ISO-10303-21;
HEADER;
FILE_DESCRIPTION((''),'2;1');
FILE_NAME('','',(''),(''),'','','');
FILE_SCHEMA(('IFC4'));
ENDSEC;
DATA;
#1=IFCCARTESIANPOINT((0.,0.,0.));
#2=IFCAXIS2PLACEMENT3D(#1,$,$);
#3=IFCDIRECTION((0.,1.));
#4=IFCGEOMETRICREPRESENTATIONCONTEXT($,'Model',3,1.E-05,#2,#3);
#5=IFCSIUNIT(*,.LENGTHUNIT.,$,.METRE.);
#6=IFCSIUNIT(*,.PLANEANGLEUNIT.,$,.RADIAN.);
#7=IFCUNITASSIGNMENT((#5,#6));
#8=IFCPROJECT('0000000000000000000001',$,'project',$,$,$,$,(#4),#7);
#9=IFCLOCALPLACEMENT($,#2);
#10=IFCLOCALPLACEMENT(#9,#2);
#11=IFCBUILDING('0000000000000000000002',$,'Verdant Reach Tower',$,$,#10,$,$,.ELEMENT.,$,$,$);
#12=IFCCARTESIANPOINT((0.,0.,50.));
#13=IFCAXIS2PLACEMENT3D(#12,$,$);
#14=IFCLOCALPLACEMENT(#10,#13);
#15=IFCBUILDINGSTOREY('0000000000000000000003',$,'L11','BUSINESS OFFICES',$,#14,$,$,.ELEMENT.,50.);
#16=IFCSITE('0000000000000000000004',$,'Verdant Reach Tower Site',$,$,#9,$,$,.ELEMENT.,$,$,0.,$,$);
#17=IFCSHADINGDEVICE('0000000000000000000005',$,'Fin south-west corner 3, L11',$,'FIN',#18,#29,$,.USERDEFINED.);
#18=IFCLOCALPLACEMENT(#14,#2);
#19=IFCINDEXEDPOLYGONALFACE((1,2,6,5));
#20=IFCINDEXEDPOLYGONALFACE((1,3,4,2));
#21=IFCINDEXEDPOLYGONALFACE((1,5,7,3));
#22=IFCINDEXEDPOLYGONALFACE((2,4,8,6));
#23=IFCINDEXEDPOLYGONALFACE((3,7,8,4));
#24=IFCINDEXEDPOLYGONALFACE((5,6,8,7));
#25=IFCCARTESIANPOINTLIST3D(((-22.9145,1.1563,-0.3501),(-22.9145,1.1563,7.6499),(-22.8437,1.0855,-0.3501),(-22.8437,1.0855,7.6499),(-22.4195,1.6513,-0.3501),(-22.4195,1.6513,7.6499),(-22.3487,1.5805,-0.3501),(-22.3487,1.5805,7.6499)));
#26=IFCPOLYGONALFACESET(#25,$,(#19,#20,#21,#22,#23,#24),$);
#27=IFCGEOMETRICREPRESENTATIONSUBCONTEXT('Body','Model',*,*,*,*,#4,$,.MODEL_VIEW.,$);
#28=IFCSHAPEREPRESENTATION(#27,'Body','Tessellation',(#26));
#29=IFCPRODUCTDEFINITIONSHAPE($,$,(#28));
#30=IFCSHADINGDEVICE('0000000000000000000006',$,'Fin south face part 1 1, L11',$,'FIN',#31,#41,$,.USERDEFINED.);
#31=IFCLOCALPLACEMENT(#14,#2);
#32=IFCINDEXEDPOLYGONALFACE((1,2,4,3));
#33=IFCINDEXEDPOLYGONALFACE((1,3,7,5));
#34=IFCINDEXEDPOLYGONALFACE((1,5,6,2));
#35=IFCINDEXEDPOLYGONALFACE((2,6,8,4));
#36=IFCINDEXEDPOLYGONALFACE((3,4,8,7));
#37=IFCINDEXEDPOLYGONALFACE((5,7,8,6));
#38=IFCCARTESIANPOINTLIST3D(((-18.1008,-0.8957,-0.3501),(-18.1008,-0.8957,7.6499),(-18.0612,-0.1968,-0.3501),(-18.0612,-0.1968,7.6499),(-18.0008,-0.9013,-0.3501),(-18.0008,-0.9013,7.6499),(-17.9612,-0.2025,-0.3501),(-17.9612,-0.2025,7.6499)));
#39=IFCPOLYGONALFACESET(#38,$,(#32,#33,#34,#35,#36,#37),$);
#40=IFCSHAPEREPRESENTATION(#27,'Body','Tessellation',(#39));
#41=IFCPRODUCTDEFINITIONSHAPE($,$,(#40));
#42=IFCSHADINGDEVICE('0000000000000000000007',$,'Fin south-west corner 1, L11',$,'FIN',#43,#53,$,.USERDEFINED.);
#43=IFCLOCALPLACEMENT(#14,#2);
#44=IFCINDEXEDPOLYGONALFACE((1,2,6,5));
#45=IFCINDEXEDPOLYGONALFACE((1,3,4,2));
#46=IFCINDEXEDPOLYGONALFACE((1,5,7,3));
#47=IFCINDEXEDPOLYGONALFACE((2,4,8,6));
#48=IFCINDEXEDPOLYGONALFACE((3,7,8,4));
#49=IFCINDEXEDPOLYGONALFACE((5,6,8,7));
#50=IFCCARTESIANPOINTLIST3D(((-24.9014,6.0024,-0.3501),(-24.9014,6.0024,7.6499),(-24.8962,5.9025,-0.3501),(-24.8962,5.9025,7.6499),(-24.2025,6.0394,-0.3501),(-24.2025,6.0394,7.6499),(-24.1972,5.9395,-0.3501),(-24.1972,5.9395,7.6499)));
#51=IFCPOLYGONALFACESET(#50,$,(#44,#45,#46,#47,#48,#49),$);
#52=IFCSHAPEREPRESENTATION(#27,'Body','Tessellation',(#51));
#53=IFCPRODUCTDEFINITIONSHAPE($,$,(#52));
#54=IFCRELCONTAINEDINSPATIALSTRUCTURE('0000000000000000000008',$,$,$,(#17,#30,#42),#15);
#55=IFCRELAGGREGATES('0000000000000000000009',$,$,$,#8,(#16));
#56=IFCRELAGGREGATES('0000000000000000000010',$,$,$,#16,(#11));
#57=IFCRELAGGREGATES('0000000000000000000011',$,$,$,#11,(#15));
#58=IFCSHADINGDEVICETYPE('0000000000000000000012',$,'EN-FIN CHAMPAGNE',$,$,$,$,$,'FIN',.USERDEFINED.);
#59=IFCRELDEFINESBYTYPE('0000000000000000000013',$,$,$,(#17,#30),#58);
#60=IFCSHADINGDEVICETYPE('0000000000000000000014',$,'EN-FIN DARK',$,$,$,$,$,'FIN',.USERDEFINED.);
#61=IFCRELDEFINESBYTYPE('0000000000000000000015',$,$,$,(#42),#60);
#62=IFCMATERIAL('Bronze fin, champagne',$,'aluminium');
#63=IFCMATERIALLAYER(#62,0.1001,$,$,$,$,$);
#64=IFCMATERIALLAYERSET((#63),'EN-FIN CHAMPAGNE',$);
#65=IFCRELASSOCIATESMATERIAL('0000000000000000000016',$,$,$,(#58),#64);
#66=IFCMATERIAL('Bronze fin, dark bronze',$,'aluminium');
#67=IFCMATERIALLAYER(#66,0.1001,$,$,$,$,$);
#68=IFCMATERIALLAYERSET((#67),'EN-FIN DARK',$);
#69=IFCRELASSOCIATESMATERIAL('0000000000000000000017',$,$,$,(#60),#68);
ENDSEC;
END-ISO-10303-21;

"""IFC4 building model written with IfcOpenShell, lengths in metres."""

from ifc_helpers import new_model, si_unit, direction, frame, origin, origin_2d, place, context, subcontext, project, spatial, rectangle, extrude, material, layer, layer_set, type_object, element, save


model = new_model("IFC4")

# Units and contexts
model_context = context("Model", 3, precision=1e-05, world=origin(), true_north=direction((0.0, 1.0)))
body_context = subcontext(model_context, "Body", "Model", "MODEL_VIEW")
ifc_project = project(units=[si_unit("LENGTHUNIT", "METRE"), si_unit("PLANEANGLEUNIT", "RADIAN")], contexts=[model_context])

# Site, building, storey
site_placement = place(None, origin())
site = spatial("IfcSite", under=ifc_project, at=site_placement, Name="Verdant Reach Tower Site", CompositionType="ELEMENT", RefElevation=0.0)
building_placement = place(site_placement, origin())
building = spatial("IfcBuilding", under=site, at=building_placement, Name="Verdant Reach Tower", CompositionType="ELEMENT")
storey_placement = place(building_placement, frame((0.0, 0.0, 50.0)))
storey = spatial("IfcBuildingStorey", under=building, at=storey_placement, Name="L11", Description="BUSINESS OFFICES", CompositionType="ELEMENT", Elevation=50.0)

# Shading devices
ifc_material_1 = material(Name="Bronze fin, champagne", Category="aluminium")
ifc_layer_1 = layer(ifc_material_1, 0.1001)
ifc_layer_set_1 = layer_set([ifc_layer_1], Name="EN-FIN CHAMPAGNE")
shading_device_type_1 = type_object("IfcShadingDeviceType", Name="EN-FIN CHAMPAGNE", ElementType="FIN", PredefinedType="USERDEFINED", material=ifc_layer_set_1)
for number, where, z_axis, x_axis, name in (
    (1, (-22.6316, 1.3684, -0.3501), (0.0, 0.0, 1.0), (0.707107, -0.707107, 0.0), "Fin south-west corner 3, L11"),
    (2, (-18.031, -0.5491, -0.3501), (0.0, 0.0, 1.0), (0.998399, -0.056569, 0.0), "Fin south face part 1 1, L11"),
):
    element("IfcShadingDevice", number, at=place(storey_placement, frame(where, z_axis=z_axis, x_axis=x_axis)), inside=storey, type_object=shading_device_type_1, Name=name, ObjectType="FIN", PredefinedType="USERDEFINED", context=body_context, shape_type="SweptSolid", body=[
        extrude(rectangle(XDim=0.1001, YDim=0.7, at=origin_2d()), origin(), (0.0, 0.0, 1.0), 8.0),
    ])
ifc_material_2 = material(Name="Bronze fin, dark bronze", Category="aluminium")
ifc_layer_2 = layer(ifc_material_2, 0.1001)
ifc_layer_set_2 = layer_set([ifc_layer_2], Name="EN-FIN DARK")
shading_device_type_2 = type_object("IfcShadingDeviceType", Name="EN-FIN DARK", ElementType="FIN", PredefinedType="USERDEFINED", material=ifc_layer_set_2)
shading_device_placement = place(storey_placement, frame((-24.5493, 5.9709, -0.3501), z_axis=(0.0, 0.0, 1.0), x_axis=(0.052815, -0.998604, 0.0)))
element("IfcShadingDevice", 3, at=shading_device_placement, inside=storey, type_object=shading_device_type_2, Name="Fin south-west corner 1, L11", ObjectType="FIN", PredefinedType="USERDEFINED", context=body_context, shape_type="SweptSolid", body=[
    extrude(rectangle(XDim=0.1001, YDim=0.7, at=origin_2d()), origin(), (0.0, 0.0, 1.0), 8.0),
])

save(model, "model.ifc")
